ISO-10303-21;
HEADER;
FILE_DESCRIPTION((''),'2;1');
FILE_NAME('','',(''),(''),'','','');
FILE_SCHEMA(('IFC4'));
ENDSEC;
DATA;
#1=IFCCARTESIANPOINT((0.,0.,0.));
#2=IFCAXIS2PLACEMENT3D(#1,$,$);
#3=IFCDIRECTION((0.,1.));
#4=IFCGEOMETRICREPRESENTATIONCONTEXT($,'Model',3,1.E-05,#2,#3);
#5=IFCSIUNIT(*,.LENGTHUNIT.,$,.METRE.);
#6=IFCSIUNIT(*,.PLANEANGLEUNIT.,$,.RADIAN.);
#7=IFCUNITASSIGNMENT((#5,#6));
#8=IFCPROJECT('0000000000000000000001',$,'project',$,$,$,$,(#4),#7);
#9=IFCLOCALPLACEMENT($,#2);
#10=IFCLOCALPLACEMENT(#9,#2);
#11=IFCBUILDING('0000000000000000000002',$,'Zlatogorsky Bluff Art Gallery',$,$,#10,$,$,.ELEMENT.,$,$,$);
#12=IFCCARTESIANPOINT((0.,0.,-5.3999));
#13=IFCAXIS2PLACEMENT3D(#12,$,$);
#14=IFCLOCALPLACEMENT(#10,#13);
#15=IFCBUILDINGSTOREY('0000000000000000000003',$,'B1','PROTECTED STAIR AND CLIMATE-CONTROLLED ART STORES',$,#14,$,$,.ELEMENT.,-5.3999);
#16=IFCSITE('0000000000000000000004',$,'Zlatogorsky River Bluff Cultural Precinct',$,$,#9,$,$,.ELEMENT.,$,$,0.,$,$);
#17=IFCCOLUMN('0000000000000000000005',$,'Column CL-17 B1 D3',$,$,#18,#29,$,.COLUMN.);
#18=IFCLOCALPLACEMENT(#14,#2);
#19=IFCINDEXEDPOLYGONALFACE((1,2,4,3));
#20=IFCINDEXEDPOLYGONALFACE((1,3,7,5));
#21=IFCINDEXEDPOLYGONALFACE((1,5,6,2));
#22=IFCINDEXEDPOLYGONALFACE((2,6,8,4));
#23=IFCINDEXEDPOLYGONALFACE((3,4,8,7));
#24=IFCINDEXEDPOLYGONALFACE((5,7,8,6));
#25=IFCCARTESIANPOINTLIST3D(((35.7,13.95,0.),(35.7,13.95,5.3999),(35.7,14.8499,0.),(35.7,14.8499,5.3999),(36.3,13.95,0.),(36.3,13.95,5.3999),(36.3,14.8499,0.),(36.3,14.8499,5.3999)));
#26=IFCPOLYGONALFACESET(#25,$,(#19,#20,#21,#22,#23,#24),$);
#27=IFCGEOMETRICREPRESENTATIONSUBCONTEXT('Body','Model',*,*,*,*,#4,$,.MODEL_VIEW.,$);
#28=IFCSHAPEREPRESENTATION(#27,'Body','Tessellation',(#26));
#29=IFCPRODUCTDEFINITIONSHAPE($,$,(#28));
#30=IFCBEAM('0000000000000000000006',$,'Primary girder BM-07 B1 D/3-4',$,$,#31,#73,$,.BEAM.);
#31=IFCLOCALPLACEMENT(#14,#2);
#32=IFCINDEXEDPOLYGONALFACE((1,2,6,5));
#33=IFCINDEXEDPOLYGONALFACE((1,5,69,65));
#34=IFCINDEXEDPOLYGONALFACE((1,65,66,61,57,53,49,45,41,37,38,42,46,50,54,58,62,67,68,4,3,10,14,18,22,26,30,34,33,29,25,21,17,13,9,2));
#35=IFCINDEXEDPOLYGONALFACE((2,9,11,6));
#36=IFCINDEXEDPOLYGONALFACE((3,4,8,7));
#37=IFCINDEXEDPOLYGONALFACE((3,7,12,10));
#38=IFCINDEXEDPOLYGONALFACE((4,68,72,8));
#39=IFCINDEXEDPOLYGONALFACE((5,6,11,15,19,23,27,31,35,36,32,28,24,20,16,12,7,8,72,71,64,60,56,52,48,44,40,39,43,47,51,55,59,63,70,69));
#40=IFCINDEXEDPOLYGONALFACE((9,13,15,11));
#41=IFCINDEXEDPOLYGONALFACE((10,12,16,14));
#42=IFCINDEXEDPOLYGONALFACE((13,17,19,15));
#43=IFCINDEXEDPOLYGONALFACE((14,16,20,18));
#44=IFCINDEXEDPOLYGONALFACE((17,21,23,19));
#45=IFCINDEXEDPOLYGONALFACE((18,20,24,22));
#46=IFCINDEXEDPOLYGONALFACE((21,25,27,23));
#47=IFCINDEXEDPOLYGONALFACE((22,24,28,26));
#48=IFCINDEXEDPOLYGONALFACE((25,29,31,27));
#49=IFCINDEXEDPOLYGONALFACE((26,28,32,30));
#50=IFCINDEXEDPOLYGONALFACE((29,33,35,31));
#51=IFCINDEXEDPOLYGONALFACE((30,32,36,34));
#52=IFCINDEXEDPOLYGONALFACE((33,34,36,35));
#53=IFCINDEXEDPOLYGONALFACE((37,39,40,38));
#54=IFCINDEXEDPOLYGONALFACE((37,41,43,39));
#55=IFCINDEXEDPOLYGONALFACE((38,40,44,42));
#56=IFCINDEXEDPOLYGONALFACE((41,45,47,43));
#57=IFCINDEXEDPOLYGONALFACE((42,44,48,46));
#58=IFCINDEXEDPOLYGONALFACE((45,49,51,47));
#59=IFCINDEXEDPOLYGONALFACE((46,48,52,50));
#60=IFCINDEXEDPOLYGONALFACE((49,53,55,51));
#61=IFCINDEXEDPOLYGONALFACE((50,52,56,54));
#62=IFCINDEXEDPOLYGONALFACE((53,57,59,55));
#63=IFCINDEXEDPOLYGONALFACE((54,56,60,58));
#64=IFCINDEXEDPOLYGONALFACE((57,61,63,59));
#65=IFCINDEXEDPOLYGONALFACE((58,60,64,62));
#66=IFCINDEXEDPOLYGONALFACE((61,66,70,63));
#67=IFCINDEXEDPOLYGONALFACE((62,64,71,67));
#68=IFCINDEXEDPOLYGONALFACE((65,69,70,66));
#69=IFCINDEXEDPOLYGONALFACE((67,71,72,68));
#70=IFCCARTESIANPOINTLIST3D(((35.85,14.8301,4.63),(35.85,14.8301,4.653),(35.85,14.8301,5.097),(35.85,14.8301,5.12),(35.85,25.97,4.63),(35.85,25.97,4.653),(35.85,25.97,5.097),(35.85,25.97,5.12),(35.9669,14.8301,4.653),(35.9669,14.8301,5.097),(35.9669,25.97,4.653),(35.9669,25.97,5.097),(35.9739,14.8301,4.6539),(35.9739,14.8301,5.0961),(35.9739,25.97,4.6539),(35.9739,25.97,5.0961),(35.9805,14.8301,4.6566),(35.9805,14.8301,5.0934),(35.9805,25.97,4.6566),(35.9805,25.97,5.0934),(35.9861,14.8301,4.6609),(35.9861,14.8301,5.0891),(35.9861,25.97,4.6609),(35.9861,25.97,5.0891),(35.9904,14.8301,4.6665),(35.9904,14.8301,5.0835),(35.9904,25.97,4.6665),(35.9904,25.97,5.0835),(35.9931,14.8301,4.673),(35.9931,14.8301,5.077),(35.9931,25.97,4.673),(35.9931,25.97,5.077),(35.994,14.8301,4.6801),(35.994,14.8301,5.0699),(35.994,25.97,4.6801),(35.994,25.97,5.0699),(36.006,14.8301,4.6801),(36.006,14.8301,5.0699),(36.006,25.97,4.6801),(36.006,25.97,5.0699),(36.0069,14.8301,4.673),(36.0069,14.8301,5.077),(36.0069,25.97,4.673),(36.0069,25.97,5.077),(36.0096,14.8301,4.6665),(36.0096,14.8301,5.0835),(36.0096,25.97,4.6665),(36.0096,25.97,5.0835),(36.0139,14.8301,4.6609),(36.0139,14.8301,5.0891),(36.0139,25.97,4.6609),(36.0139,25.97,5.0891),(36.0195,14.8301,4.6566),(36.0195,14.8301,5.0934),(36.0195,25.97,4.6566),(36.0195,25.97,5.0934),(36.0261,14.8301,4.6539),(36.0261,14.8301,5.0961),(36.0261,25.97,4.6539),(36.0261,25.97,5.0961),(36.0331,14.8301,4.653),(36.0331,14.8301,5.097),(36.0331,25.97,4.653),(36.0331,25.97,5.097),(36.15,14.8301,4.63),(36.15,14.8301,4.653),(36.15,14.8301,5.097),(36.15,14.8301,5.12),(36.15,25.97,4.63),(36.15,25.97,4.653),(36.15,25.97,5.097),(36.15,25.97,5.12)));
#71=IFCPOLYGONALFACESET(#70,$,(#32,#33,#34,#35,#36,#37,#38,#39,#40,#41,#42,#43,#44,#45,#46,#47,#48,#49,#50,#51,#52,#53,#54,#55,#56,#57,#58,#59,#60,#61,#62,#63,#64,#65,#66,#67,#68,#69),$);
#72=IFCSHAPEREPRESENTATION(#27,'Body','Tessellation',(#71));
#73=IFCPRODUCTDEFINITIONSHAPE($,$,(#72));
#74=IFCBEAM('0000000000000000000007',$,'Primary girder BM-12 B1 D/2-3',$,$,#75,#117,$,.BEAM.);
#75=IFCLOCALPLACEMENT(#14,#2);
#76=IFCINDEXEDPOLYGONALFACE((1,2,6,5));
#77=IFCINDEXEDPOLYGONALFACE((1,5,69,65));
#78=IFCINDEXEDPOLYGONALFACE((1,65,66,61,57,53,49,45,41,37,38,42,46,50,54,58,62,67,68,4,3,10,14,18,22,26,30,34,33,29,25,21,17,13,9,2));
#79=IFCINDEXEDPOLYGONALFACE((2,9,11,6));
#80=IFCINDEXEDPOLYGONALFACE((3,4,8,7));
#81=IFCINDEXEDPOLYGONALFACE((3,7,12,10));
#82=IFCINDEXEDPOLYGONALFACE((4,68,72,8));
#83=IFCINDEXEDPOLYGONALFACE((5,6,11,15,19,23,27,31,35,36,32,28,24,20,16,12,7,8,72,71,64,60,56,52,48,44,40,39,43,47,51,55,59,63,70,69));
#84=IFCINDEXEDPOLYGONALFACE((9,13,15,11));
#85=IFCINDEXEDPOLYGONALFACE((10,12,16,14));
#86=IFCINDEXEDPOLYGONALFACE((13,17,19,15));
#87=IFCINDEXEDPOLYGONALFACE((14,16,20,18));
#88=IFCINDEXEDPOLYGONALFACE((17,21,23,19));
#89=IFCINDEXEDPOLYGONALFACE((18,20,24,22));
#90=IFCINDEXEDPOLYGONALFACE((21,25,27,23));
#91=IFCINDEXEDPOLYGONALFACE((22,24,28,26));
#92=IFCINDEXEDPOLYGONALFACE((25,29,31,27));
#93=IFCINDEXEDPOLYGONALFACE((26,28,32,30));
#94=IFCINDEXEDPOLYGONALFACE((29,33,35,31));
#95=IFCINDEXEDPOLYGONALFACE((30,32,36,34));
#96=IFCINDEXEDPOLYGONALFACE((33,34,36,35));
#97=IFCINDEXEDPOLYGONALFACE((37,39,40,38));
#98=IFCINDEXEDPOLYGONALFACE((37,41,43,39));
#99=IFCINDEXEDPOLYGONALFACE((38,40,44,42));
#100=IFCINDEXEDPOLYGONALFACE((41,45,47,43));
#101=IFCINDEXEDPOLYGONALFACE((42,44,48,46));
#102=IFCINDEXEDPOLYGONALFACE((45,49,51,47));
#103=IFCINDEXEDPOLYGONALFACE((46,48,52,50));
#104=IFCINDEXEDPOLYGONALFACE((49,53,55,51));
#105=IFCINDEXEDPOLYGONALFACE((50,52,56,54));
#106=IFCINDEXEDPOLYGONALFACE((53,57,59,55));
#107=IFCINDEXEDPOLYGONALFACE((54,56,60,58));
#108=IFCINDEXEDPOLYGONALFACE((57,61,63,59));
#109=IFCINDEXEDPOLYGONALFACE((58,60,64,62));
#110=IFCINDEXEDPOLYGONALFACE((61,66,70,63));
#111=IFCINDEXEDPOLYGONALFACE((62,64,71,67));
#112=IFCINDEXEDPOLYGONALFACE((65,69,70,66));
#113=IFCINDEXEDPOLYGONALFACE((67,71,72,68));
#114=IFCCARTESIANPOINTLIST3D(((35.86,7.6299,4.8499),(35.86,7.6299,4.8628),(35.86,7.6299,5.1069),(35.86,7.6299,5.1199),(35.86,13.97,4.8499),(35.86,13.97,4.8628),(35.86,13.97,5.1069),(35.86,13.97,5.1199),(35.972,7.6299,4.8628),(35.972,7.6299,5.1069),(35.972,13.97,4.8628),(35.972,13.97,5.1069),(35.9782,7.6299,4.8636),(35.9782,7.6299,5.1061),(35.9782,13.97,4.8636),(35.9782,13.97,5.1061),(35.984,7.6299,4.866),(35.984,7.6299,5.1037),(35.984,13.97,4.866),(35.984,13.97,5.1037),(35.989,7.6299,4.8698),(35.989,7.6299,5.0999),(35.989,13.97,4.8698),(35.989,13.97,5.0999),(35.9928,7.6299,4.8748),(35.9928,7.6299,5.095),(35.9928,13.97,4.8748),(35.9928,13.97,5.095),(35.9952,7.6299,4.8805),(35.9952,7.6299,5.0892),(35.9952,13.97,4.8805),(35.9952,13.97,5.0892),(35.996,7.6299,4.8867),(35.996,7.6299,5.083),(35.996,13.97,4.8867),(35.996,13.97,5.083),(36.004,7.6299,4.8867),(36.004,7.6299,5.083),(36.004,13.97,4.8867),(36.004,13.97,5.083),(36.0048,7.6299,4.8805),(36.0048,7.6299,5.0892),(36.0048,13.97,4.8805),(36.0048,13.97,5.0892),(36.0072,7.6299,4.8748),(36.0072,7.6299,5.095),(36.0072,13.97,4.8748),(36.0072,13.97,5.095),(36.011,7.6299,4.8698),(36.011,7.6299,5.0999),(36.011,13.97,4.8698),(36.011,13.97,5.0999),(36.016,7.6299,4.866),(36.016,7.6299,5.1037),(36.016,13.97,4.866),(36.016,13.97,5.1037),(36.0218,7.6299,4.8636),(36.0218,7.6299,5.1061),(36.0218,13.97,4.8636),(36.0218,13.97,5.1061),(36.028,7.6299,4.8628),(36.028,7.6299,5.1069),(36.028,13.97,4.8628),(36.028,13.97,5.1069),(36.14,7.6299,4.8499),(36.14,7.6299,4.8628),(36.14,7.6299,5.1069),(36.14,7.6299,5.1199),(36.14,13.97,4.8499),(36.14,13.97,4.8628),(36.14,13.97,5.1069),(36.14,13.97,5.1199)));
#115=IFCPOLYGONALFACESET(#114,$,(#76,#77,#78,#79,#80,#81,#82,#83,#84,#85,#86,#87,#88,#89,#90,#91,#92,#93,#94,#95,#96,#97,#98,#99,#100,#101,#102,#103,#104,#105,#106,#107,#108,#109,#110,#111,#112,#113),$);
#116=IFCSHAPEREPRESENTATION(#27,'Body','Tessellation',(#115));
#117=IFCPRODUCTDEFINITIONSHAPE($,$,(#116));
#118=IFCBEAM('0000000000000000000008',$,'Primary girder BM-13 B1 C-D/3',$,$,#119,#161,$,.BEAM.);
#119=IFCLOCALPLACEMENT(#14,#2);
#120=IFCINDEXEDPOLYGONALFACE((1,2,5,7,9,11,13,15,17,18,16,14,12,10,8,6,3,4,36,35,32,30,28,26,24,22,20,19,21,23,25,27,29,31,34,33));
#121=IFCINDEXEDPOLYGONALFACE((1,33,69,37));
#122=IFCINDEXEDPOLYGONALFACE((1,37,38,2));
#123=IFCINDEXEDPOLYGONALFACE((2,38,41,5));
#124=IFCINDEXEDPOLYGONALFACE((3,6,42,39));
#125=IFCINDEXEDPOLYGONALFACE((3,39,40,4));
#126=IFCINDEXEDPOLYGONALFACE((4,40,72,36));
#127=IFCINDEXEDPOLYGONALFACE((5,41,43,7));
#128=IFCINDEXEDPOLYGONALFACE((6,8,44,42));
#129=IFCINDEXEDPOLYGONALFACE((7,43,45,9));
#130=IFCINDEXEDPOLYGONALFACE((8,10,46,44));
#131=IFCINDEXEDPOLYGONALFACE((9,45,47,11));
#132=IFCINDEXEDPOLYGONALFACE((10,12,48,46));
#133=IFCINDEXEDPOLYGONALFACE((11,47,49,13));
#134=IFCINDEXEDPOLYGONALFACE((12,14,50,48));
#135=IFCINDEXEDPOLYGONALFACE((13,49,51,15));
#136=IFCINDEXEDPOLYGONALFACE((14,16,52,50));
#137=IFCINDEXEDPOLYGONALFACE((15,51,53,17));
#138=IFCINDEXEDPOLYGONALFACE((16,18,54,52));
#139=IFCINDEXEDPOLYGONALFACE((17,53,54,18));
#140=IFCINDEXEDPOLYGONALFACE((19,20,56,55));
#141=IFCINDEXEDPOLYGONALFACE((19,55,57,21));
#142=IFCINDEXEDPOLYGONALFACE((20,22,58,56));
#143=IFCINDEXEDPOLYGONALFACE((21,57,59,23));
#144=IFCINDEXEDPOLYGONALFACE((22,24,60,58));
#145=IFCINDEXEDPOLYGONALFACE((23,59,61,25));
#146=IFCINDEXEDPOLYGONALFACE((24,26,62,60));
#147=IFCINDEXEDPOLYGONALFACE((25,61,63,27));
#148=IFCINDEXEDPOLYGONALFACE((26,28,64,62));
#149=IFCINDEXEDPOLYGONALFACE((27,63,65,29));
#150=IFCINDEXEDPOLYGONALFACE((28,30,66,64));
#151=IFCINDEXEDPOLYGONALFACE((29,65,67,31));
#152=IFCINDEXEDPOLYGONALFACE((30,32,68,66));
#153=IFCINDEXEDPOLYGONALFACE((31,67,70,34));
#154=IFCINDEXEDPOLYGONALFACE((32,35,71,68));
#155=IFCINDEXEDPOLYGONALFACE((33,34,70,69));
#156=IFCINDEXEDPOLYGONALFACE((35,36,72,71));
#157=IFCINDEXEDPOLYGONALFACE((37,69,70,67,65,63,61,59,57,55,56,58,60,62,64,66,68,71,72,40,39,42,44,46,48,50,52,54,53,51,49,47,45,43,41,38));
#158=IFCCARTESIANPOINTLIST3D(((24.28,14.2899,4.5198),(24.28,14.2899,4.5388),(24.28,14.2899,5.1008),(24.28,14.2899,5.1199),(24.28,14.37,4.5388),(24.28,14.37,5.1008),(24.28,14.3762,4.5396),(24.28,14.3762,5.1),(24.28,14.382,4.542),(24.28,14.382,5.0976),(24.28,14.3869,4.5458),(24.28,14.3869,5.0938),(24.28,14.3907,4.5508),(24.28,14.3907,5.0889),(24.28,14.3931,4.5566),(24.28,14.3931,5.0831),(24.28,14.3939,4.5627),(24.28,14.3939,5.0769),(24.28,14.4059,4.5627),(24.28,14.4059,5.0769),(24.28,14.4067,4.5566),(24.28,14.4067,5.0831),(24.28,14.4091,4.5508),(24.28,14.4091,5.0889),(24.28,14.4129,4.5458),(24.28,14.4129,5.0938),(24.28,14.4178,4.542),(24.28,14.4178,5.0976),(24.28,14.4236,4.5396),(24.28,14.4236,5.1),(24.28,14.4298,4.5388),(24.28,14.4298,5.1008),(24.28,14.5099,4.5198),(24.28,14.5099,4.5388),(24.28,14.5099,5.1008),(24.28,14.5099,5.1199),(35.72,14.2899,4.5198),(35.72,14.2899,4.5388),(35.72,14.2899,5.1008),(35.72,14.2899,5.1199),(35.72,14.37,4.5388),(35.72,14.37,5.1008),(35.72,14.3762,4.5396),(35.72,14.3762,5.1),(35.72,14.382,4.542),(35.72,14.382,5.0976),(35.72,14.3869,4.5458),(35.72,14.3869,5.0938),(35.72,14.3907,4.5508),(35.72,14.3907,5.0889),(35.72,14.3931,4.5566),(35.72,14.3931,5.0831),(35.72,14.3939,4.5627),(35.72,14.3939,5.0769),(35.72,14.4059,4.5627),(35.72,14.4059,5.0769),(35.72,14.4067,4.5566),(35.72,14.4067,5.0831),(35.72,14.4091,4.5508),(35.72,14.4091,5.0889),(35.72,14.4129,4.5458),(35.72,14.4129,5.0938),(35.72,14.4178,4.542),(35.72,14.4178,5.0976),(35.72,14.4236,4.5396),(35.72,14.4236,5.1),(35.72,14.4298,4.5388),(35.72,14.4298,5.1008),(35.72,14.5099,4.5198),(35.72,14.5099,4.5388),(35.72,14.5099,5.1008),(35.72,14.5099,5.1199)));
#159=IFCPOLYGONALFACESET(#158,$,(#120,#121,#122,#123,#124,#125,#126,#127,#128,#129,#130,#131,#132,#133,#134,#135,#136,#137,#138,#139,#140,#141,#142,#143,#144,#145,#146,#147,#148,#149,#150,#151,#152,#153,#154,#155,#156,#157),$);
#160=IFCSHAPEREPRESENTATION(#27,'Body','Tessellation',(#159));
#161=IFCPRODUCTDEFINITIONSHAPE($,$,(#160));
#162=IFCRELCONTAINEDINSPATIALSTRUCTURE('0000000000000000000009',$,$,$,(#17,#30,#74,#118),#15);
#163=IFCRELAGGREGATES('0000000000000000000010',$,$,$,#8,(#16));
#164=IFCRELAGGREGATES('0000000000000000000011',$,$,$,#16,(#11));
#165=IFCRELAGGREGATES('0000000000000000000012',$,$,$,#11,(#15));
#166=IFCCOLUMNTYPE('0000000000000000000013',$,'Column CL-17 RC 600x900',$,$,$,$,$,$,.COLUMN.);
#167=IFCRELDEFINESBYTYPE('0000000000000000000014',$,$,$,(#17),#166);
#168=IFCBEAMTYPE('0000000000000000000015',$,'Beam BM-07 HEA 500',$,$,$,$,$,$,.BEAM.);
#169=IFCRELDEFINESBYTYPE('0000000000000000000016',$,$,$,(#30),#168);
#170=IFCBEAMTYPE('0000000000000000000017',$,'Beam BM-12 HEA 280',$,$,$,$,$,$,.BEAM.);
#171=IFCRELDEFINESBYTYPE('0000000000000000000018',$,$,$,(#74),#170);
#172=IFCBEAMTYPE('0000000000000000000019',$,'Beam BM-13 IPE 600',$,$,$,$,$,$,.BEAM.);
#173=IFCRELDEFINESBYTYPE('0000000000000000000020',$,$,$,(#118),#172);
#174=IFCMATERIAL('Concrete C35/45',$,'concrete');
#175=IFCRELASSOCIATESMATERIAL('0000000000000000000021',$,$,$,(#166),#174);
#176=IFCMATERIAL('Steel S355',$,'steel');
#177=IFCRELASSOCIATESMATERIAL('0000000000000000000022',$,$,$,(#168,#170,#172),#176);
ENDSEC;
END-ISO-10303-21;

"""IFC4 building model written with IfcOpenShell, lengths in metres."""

from ifc_helpers import new_model, si_unit, direction, frame, origin, origin_2d, place, context, subcontext, project, spatial, rectangle, i_section, extrude, material, material_profile, profile_set, type_object, element, save


model = new_model("IFC4")

# Units and contexts
model_context = context("Model", 3, precision=1e-05, world=origin(), true_north=direction((0.0, 1.0)))
body_context = subcontext(model_context, "Body", "Model", "MODEL_VIEW")
ifc_project = project(units=[si_unit("LENGTHUNIT", "METRE"), si_unit("PLANEANGLEUNIT", "RADIAN")], contexts=[model_context])

# Site, building, storey
site_placement = place(None, origin())
site = spatial("IfcSite", under=ifc_project, at=site_placement, Name="Zlatogorsky River Bluff Cultural Precinct", CompositionType="ELEMENT", RefElevation=0.0)
building_placement = place(site_placement, origin())
building = spatial("IfcBuilding", under=site, at=building_placement, Name="Zlatogorsky Bluff Art Gallery", CompositionType="ELEMENT")
storey_placement = place(building_placement, frame((0.0, 0.0, -5.3999)))
storey = spatial("IfcBuildingStorey", under=building, at=storey_placement, Name="B1", Description="PROTECTED STAIR AND CLIMATE-CONTROLLED ART STORES", CompositionType="ELEMENT", Elevation=-5.3999)

# Shared definitions
ifc_material_1 = material(Name="Concrete C35/45", Category="concrete")

# Column
ifc_material_profile_1 = material_profile(ifc_material_1, rectangle(XDim=0.6001, YDim=0.8999, at=origin_2d()), Name="RC 600x900")
ifc_profile_set_1 = profile_set([ifc_material_profile_1], Name="Concrete C35/45")
column_type = type_object("IfcColumnType", Name="Column CL-17 RC 600x900", PredefinedType="COLUMN", material=ifc_profile_set_1)
column_placement = place(storey_placement, frame((36.0, 14.3999, 0.0), z_axis=(0.0, 0.0, 1.0), x_axis=(1.0, 0.0, 0.0)))
element("IfcColumn", 1, at=column_placement, inside=storey, type_object=column_type, Name="Column CL-17 B1 D3", PredefinedType="COLUMN", context=body_context, shape_type="SweptSolid", body=[
    extrude(rectangle(XDim=0.6001, YDim=0.8999, at=origin_2d()), origin(), (0.0, 0.0, 1.0), 5.3999),
])

# Beams
ifc_material_2 = material(Name="Steel S355", Category="steel")
ifc_material_profile_2 = material_profile(ifc_material_2, i_section(OverallWidth=0.3, OverallDepth=0.49, WebThickness=0.012, FlangeThickness=0.0229, FilletRadius=0.0271, at=origin_2d()), Name="HEA 500")
ifc_profile_set_2 = profile_set([ifc_material_profile_2], Name="Steel S355")
beam_type_1 = type_object("IfcBeamType", Name="Beam BM-07 HEA 500", PredefinedType="BEAM", material=ifc_profile_set_2)
beam_1_placement = place(storey_placement, frame((36.0, 14.8301, 4.875), z_axis=(0.0, 1.0, 0.0), x_axis=(-1.0, 0.0, 0.0)))
element("IfcBeam", 2, at=beam_1_placement, inside=storey, type_object=beam_type_1, Name="Primary girder BM-07 B1 D/3-4", PredefinedType="BEAM", context=body_context, shape_type="SweptSolid", body=[
    extrude(i_section(OverallWidth=0.3, OverallDepth=0.49, WebThickness=0.012, FlangeThickness=0.0229, FilletRadius=0.0271, at=origin_2d()), origin(), (0.0, 0.0, 1.0), 11.1399),
])
ifc_material_profile_3 = material_profile(ifc_material_2, i_section(OverallWidth=0.28, OverallDepth=0.27, WebThickness=0.0081, FlangeThickness=0.0129, FilletRadius=0.0239, at=origin_2d()), Name="HEA 280")
ifc_profile_set_3 = profile_set([ifc_material_profile_3], Name="Steel S355")
beam_type_2 = type_object("IfcBeamType", Name="Beam BM-12 HEA 280", PredefinedType="BEAM", material=ifc_profile_set_3)
beam_2_placement = place(storey_placement, frame((36.0, 7.6299, 4.9849), z_axis=(0.0, 1.0, 0.0), x_axis=(-1.0, 0.0, 0.0)))
element("IfcBeam", 3, at=beam_2_placement, inside=storey, type_object=beam_type_2, Name="Primary girder BM-12 B1 D/2-3", PredefinedType="BEAM", context=body_context, shape_type="SweptSolid", body=[
    extrude(i_section(OverallWidth=0.28, OverallDepth=0.27, WebThickness=0.0081, FlangeThickness=0.0129, FilletRadius=0.0239, at=origin_2d()), origin(), (0.0, 0.0, 1.0), 6.3401),
])
ifc_material_profile_4 = material_profile(ifc_material_2, i_section(OverallWidth=0.22, OverallDepth=0.6001, WebThickness=0.012, FlangeThickness=0.019, FilletRadius=0.0239, at=origin_2d()), Name="IPE 600")
ifc_profile_set_4 = profile_set([ifc_material_profile_4], Name="Steel S355")
beam_type_3 = type_object("IfcBeamType", Name="Beam BM-13 IPE 600", PredefinedType="BEAM", material=ifc_profile_set_4)
beam_3_placement = place(storey_placement, frame((24.28, 14.3999, 4.8198), z_axis=(1.0, 0.0, 0.0), x_axis=(0.0, 1.0, 0.0)))
element("IfcBeam", 4, at=beam_3_placement, inside=storey, type_object=beam_type_3, Name="Primary girder BM-13 B1 C-D/3", PredefinedType="BEAM", context=body_context, shape_type="SweptSolid", body=[
    extrude(i_section(OverallWidth=0.22, OverallDepth=0.6001, WebThickness=0.012, FlangeThickness=0.019, FilletRadius=0.0239, at=origin_2d()), origin(), (0.0, 0.0, 1.0), 11.4399),
])

save(model, "model.ifc")
